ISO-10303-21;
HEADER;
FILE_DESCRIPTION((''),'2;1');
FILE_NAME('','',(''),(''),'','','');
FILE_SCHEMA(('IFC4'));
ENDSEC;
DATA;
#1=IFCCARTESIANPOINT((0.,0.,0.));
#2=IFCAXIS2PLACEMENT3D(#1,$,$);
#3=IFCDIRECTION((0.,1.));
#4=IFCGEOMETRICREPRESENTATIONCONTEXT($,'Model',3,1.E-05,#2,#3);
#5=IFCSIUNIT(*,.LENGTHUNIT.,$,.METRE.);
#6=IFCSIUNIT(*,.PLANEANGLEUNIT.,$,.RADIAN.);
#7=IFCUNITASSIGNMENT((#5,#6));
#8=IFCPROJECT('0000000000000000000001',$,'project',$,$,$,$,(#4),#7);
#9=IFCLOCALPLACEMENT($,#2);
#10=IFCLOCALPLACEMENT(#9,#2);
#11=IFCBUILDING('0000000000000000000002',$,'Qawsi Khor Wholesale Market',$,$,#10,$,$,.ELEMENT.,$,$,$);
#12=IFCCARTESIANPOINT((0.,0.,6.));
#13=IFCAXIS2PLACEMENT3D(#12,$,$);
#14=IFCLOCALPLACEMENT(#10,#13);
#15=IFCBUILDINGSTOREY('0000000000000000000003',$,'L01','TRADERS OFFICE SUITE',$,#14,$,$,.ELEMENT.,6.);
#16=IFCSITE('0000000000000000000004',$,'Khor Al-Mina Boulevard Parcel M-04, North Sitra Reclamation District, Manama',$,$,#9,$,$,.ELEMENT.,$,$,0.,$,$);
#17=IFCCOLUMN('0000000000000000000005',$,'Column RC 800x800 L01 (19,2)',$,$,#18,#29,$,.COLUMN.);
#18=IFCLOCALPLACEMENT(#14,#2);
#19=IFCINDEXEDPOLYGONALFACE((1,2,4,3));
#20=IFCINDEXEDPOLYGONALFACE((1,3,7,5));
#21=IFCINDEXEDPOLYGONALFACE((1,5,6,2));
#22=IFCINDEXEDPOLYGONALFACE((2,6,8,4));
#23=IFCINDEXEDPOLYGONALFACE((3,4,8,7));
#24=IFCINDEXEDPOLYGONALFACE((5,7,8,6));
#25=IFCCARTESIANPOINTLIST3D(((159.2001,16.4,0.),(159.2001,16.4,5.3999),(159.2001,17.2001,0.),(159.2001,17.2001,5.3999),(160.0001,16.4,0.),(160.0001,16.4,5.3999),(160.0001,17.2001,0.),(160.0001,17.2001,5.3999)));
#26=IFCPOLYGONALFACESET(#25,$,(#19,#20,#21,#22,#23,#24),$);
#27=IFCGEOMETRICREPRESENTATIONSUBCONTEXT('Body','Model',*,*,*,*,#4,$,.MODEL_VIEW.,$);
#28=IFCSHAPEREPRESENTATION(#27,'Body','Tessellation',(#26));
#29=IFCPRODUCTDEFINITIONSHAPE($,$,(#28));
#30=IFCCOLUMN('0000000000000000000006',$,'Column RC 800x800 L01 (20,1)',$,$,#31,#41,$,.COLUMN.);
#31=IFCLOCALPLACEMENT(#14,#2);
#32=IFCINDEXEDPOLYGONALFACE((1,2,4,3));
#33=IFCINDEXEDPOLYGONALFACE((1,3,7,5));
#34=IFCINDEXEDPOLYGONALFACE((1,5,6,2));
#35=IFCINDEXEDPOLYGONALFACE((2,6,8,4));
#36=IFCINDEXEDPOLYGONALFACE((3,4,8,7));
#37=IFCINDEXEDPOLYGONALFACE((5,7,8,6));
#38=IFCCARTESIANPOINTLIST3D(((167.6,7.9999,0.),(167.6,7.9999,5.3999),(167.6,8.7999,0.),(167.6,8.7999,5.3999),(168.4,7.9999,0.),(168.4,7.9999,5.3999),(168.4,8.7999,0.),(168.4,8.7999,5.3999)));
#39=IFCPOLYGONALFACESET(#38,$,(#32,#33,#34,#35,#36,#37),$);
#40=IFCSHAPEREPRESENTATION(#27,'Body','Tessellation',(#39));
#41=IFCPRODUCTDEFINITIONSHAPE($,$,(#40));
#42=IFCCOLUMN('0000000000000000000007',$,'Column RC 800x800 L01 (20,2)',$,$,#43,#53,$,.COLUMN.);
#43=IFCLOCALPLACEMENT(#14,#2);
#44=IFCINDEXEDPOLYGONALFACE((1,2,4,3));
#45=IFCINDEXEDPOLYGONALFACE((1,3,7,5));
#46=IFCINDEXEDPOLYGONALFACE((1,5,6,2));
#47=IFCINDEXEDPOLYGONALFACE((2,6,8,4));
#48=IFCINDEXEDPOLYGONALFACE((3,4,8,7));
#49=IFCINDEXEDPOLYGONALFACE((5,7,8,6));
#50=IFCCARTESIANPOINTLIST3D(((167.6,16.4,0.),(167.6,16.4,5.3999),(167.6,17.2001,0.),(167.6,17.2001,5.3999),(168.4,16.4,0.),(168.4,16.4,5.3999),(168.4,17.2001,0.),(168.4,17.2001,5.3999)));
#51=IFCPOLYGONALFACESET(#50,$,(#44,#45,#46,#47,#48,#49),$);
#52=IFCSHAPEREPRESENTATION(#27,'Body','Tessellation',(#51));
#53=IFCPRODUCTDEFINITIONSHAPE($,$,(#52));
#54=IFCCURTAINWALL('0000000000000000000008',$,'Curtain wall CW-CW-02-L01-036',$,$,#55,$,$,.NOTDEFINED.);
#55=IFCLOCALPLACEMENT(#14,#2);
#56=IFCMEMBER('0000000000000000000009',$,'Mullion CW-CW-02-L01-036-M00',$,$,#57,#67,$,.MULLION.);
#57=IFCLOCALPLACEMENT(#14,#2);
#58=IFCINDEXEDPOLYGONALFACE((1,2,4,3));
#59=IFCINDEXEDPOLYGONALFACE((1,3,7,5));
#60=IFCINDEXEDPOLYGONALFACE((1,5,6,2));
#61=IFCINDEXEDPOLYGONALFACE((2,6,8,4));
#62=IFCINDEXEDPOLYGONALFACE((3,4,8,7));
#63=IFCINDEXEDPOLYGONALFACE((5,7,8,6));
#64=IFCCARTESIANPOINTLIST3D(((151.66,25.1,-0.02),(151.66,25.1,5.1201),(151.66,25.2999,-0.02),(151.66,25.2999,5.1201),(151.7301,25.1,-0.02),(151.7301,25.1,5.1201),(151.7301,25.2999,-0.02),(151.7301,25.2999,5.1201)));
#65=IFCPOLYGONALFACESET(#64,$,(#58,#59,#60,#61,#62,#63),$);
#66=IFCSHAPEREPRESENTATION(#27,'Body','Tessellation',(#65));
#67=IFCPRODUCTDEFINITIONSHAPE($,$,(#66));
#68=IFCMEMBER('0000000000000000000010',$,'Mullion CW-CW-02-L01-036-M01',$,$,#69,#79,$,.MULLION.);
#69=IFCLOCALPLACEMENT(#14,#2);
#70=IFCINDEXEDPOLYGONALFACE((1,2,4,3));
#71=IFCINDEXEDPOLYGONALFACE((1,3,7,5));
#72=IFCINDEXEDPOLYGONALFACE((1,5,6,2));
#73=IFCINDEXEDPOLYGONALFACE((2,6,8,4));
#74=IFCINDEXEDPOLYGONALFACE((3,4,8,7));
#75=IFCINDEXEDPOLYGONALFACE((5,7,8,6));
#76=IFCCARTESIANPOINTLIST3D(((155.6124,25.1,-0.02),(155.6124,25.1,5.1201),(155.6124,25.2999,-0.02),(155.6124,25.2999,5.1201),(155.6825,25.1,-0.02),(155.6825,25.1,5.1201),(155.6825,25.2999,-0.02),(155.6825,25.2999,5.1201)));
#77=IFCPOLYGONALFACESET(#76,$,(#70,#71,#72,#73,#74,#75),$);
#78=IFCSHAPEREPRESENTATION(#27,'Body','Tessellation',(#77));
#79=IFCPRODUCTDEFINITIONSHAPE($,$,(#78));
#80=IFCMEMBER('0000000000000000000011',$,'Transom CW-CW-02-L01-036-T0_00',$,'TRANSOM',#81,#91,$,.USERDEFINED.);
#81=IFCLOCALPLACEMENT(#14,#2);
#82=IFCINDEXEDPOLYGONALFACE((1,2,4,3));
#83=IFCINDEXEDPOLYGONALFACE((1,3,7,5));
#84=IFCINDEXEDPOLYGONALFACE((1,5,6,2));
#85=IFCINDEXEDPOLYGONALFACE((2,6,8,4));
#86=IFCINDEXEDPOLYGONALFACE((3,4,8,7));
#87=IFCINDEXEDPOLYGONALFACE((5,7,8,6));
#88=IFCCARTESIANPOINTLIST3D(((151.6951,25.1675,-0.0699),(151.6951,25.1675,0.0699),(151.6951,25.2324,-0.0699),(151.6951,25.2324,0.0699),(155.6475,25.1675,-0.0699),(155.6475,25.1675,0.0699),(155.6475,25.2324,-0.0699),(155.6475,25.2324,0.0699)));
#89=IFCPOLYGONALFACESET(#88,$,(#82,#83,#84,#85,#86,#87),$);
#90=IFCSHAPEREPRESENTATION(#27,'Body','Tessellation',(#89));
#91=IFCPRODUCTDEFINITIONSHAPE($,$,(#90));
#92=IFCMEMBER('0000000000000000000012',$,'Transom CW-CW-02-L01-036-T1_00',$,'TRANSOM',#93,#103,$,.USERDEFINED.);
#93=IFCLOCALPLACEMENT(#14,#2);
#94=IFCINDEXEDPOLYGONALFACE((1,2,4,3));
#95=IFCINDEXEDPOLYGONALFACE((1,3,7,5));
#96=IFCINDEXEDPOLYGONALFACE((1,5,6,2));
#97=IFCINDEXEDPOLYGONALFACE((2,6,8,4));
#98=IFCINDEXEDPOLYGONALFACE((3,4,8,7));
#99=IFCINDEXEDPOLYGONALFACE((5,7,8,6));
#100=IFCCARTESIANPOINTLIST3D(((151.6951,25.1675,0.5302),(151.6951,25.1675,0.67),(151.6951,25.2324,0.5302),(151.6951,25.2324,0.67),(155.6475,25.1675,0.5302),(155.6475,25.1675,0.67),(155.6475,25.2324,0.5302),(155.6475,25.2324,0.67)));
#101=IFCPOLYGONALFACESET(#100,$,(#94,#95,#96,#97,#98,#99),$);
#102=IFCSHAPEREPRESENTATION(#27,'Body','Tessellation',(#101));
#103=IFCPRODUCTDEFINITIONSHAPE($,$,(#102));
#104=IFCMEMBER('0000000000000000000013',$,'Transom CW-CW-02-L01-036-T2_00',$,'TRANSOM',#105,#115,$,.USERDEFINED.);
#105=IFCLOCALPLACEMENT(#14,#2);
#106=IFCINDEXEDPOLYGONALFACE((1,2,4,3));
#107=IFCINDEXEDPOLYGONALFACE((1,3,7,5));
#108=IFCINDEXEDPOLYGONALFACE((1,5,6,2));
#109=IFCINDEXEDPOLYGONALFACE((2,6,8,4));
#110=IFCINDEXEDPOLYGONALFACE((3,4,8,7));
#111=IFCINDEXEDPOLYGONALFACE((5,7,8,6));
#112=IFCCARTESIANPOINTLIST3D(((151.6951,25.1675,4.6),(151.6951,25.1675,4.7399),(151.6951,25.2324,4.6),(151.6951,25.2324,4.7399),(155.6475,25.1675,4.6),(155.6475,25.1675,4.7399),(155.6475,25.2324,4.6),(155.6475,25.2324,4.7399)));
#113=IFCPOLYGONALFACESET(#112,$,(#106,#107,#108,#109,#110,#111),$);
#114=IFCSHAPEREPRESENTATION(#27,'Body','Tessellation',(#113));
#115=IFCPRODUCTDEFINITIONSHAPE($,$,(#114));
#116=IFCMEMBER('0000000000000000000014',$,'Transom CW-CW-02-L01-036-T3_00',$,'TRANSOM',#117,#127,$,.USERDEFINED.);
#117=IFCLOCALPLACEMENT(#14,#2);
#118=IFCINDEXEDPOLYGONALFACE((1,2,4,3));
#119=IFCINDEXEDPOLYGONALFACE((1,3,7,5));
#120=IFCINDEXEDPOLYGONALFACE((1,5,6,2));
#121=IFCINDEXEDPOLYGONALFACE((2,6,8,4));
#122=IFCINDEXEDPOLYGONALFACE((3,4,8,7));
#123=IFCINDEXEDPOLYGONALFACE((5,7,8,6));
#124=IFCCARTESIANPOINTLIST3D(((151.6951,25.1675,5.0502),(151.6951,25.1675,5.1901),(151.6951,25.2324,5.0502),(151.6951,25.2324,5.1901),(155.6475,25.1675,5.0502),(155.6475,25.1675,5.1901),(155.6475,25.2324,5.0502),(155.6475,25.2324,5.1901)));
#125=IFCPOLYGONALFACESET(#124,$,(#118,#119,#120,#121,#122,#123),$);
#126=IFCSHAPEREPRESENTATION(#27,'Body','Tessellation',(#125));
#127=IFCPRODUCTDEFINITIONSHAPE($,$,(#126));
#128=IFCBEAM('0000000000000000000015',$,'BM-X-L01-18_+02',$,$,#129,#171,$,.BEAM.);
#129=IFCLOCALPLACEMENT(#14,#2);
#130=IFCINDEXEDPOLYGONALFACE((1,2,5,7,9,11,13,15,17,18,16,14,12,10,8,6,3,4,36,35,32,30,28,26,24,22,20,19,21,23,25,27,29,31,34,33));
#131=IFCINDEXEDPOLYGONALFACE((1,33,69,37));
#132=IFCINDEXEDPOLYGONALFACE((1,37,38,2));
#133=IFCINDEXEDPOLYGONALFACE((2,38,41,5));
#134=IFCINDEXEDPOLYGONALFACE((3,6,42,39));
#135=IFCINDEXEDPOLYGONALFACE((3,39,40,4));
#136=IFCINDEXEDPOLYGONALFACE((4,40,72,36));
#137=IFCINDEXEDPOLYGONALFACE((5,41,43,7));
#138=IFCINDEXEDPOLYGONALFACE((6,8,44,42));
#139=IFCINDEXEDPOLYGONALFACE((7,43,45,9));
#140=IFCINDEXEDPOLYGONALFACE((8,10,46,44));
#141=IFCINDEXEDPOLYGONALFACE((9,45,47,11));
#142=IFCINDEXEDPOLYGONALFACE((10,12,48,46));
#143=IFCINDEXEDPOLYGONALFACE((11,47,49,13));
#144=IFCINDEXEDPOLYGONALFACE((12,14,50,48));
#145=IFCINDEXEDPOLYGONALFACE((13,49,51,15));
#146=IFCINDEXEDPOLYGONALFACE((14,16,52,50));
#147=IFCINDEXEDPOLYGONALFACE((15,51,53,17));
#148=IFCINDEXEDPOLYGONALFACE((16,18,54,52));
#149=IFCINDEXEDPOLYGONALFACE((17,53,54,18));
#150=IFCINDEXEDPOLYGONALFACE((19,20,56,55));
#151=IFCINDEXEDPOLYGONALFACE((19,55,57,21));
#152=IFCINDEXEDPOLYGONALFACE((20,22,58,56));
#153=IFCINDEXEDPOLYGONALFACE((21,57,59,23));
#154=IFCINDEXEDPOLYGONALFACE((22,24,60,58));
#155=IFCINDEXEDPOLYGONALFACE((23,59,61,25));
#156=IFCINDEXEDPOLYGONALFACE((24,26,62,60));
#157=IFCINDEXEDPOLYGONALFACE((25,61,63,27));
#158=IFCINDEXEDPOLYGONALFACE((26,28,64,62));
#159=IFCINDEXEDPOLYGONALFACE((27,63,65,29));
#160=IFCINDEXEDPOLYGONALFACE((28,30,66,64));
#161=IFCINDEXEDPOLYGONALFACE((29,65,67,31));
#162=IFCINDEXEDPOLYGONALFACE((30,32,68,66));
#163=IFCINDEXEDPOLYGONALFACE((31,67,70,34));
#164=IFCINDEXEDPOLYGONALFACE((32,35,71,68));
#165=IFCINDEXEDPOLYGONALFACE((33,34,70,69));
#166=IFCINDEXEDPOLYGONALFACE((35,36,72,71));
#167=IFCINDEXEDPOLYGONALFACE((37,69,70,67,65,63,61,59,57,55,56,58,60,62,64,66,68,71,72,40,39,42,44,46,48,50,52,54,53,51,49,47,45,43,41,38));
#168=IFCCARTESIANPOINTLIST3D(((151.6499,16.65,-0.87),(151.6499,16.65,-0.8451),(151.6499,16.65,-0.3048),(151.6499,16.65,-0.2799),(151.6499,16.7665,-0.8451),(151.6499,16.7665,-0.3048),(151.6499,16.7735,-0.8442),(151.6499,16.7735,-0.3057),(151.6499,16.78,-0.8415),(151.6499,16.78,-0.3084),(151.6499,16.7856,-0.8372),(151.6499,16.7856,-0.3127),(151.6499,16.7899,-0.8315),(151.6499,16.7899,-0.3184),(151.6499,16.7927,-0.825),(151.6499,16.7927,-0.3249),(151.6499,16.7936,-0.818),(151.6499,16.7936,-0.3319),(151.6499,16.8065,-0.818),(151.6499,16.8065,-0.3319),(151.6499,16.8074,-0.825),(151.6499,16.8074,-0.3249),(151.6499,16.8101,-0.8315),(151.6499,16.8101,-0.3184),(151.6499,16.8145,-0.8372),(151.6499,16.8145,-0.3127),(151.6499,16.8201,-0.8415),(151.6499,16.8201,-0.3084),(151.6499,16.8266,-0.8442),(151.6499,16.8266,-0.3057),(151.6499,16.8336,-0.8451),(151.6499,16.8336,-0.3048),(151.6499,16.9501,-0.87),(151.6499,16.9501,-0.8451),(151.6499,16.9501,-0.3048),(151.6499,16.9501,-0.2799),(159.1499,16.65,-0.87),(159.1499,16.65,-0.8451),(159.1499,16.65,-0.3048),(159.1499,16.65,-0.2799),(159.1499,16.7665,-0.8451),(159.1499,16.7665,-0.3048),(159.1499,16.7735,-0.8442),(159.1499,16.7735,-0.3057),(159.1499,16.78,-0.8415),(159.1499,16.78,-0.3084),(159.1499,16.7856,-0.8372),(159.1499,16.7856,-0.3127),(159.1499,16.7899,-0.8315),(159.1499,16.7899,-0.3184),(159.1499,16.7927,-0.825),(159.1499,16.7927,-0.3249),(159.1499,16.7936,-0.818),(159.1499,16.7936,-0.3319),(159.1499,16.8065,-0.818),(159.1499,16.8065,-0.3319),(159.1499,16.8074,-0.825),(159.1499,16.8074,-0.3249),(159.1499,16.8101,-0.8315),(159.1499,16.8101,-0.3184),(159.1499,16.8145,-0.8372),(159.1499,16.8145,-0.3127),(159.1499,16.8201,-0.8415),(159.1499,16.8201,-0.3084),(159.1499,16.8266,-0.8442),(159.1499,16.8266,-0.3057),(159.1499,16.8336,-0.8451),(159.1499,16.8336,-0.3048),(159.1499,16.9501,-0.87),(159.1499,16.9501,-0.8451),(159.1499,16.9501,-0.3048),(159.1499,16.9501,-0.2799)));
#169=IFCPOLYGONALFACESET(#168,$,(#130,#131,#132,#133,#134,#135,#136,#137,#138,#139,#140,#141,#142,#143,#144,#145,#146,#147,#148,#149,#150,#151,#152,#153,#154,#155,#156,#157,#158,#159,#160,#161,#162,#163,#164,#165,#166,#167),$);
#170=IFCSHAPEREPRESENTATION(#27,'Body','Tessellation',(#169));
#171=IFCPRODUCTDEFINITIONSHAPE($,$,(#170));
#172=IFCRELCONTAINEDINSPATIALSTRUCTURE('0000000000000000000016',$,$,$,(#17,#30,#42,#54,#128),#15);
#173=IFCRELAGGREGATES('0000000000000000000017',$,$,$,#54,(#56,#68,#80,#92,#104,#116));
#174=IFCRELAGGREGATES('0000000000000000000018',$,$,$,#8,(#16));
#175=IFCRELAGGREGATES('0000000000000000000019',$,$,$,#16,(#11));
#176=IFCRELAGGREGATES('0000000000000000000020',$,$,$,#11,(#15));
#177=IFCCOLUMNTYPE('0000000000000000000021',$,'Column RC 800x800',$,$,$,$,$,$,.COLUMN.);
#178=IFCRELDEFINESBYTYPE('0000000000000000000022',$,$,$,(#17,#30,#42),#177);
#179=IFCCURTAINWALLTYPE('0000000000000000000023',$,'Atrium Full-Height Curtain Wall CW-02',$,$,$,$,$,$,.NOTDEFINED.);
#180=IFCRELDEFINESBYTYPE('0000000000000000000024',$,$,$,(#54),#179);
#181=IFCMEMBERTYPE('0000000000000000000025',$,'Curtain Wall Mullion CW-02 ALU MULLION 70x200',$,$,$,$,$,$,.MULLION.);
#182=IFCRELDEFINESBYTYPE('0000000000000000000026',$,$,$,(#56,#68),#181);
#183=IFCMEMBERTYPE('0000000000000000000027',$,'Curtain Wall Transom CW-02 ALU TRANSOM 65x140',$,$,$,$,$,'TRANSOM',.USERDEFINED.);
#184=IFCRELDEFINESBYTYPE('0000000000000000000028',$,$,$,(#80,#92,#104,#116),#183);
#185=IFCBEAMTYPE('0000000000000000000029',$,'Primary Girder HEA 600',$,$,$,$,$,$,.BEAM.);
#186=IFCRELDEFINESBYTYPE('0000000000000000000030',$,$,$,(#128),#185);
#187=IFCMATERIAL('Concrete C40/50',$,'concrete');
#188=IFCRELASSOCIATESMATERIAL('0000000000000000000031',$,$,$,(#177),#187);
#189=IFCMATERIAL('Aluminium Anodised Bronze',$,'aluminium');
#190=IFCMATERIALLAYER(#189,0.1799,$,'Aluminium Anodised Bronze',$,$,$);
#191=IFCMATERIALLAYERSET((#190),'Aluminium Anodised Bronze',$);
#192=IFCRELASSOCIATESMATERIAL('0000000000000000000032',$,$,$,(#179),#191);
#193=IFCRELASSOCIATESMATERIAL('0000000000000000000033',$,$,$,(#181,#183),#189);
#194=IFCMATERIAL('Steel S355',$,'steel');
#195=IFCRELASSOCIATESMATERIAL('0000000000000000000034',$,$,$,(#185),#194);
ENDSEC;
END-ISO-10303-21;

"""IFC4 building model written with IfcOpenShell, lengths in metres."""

from ifc_helpers import new_model, si_unit, direction, frame, origin, origin_2d, place, context, subcontext, project, spatial, rectangle, i_section, extrude, material, layer, layer_set, material_profile, profile_set, type_object, element, aggregate, save


model = new_model("IFC4")

# Units and contexts
model_context = context("Model", 3, precision=1e-05, world=origin(), true_north=direction((0.0, 1.0)))
body_context = subcontext(model_context, "Body", "Model", "MODEL_VIEW")
ifc_project = project(units=[si_unit("LENGTHUNIT", "METRE"), si_unit("PLANEANGLEUNIT", "RADIAN")], contexts=[model_context])

# Site, building, storey
site_placement = place(None, origin())
site = spatial("IfcSite", under=ifc_project, at=site_placement, Name="Khor Al-Mina Boulevard Parcel M-04, North Sitra Reclamation District, Manama", CompositionType="ELEMENT", RefElevation=0.0)
building_placement = place(site_placement, origin())
building = spatial("IfcBuilding", under=site, at=building_placement, Name="Qawsi Khor Wholesale Market", CompositionType="ELEMENT")
storey_placement = place(building_placement, frame((0.0, 0.0, 6.0)))
storey = spatial("IfcBuildingStorey", under=building, at=storey_placement, Name="L01", Description="TRADERS OFFICE SUITE", CompositionType="ELEMENT", Elevation=6.0)

# Columns
ifc_material_1 = material(Name="Concrete C40/50", Category="concrete")
ifc_material_profile_1 = material_profile(ifc_material_1, rectangle(XDim=0.8, YDim=0.8, at=origin_2d()), Name="RC 800x800")
ifc_profile_set_1 = profile_set([ifc_material_profile_1], Name="Concrete C40/50")
column_type = type_object("IfcColumnType", Name="Column RC 800x800", PredefinedType="COLUMN", material=ifc_profile_set_1)
for number, where, z_axis, x_axis, name in (
    (1, (159.6001, 16.8, 0.0), (0.0, 0.0, 1.0), (1.0, 0.0, 0.0), "Column RC 800x800 L01 (19,2)"),
    (2, (168.0, 8.3999, 0.0), (0.0, 0.0, 1.0), (1.0, 0.0, 0.0), "Column RC 800x800 L01 (20,1)"),
    (3, (168.0, 16.8, 0.0), (0.0, 0.0, 1.0), (1.0, 0.0, 0.0), "Column RC 800x800 L01 (20,2)"),
):
    element("IfcColumn", number, at=place(storey_placement, frame(where, z_axis=z_axis, x_axis=x_axis)), inside=storey, type_object=column_type, Name=name, PredefinedType="COLUMN", context=body_context, shape_type="SweptSolid", body=[
        extrude(rectangle(XDim=0.8, YDim=0.8, at=origin_2d()), origin(), (0.0, 0.0, 1.0), 5.3999),
    ])

# Curtain wall, members
ifc_material_2 = material(Name="Aluminium Anodised Bronze", Category="aluminium")
ifc_layer_1 = layer(ifc_material_2, 0.1799, Name="Aluminium Anodised Bronze")
ifc_layer_set_1 = layer_set([ifc_layer_1], Name="Aluminium Anodised Bronze")
curtain_wall_type = type_object("IfcCurtainWallType", Name="Atrium Full-Height Curtain Wall CW-02", PredefinedType="NOTDEFINED", material=ifc_layer_set_1)
curtain_wall_placement = place(storey_placement, origin())
curtain_wall = element("IfcCurtainWall", 4, at=curtain_wall_placement, inside=storey, type_object=curtain_wall_type, Name="Curtain wall CW-CW-02-L01-036", PredefinedType="NOTDEFINED")
ifc_material_profile_2 = material_profile(ifc_material_2, rectangle(XDim=0.0701, YDim=0.2, at=origin_2d()), Name="ALU MULLION 70x200")
ifc_profile_set_2 = profile_set([ifc_material_profile_2], Name="Aluminium Anodised Bronze")
member_type_1 = type_object("IfcMemberType", Name="Curtain Wall Mullion CW-02 ALU MULLION 70x200", PredefinedType="MULLION", material=ifc_profile_set_2)
member_1_placement = place(storey_placement, frame((151.6951, 25.2, -0.02), z_axis=(0.0, 0.0, 1.0), x_axis=(1.0, 0.0, 0.0)))
member_1 = element("IfcMember", 5, at=member_1_placement, type_object=member_type_1, Name="Mullion CW-CW-02-L01-036-M00", PredefinedType="MULLION", context=body_context, shape_type="SweptSolid", body=[
    extrude(rectangle(XDim=0.0701, YDim=0.2, at=origin_2d()), origin(), (0.0, 0.0, 1.0), 5.1401),
])
member_2_placement = place(storey_placement, frame((155.6475, 25.2, -0.02), z_axis=(0.0, 0.0, 1.0), x_axis=(1.0, 0.0, 0.0)))
member_2 = element("IfcMember", 6, at=member_2_placement, type_object=member_type_1, Name="Mullion CW-CW-02-L01-036-M01", PredefinedType="MULLION", context=body_context, shape_type="SweptSolid", body=[
    extrude(rectangle(XDim=0.0701, YDim=0.2, at=origin_2d()), origin(), (0.0, 0.0, 1.0), 5.1401),
])
ifc_material_profile_3 = material_profile(ifc_material_2, rectangle(XDim=0.0649, YDim=0.1399, at=origin_2d()), Name="ALU TRANSOM 65x140")
ifc_profile_set_3 = profile_set([ifc_material_profile_3], Name="Aluminium Anodised Bronze")
member_type_2 = type_object("IfcMemberType", Name="Curtain Wall Transom CW-02 ALU TRANSOM 65x140", ElementType="TRANSOM", PredefinedType="USERDEFINED", material=ifc_profile_set_3)
member_3_placement = place(storey_placement, frame((151.6951, 25.2, 0.0), z_axis=(1.0, 0.0, 0.0), x_axis=(0.0, 1.0, 0.0)))
member_3 = element("IfcMember", 7, at=member_3_placement, type_object=member_type_2, Name="Transom CW-CW-02-L01-036-T0_00", ObjectType="TRANSOM", PredefinedType="USERDEFINED", context=body_context, shape_type="SweptSolid", body=[
    extrude(rectangle(XDim=0.0649, YDim=0.1399, at=origin_2d()), origin(), (0.0, 0.0, 1.0), 3.9524),
])
member_4_placement = place(storey_placement, frame((151.6951, 25.2, 0.6001), z_axis=(1.0, 0.0, 0.0), x_axis=(0.0, 1.0, 0.0)))
member_4 = element("IfcMember", 8, at=member_4_placement, type_object=member_type_2, Name="Transom CW-CW-02-L01-036-T1_00", ObjectType="TRANSOM", PredefinedType="USERDEFINED", context=body_context, shape_type="SweptSolid", body=[
    extrude(rectangle(XDim=0.0649, YDim=0.1399, at=origin_2d()), origin(), (0.0, 0.0, 1.0), 3.9524),
])
member_5_placement = place(storey_placement, frame((151.6951, 25.2, 4.6699), z_axis=(1.0, 0.0, 0.0), x_axis=(0.0, 1.0, 0.0)))
member_5 = element("IfcMember", 9, at=member_5_placement, type_object=member_type_2, Name="Transom CW-CW-02-L01-036-T2_00", ObjectType="TRANSOM", PredefinedType="USERDEFINED", context=body_context, shape_type="SweptSolid", body=[
    extrude(rectangle(XDim=0.0649, YDim=0.1399, at=origin_2d()), origin(), (0.0, 0.0, 1.0), 3.9524),
])
member_6_placement = place(storey_placement, frame((151.6951, 25.2, 5.1201), z_axis=(1.0, 0.0, 0.0), x_axis=(0.0, 1.0, 0.0)))
member_6 = element("IfcMember", 10, at=member_6_placement, type_object=member_type_2, Name="Transom CW-CW-02-L01-036-T3_00", ObjectType="TRANSOM", PredefinedType="USERDEFINED", context=body_context, shape_type="SweptSolid", body=[
    extrude(rectangle(XDim=0.0649, YDim=0.1399, at=origin_2d()), origin(), (0.0, 0.0, 1.0), 3.9524),
])

# Beam
ifc_material_3 = material(Name="Steel S355", Category="steel")
ifc_material_profile_4 = material_profile(ifc_material_3, i_section(OverallWidth=0.3, OverallDepth=0.5901, WebThickness=0.0129, FlangeThickness=0.0249, FilletRadius=0.0271, at=origin_2d()), Name="HEA 600")
ifc_profile_set_4 = profile_set([ifc_material_profile_4], Name="Steel S355")
beam_type_1 = type_object("IfcBeamType", Name="Primary Girder HEA 600", PredefinedType="BEAM", material=ifc_profile_set_4)
for number, where, z_axis, x_axis, name in (
    (11, (151.6499, 16.8, -0.575), (1.0, 0.0, 0.0), (0.0, 1.0, 0.0), "BM-X-L01-18_+02"),
):
    element("IfcBeam", number, at=place(storey_placement, frame(where, z_axis=z_axis, x_axis=x_axis)), inside=storey, type_object=beam_type_1, Name=name, PredefinedType="BEAM", context=body_context, shape_type="SweptSolid", body=[
        extrude(i_section(OverallWidth=0.3, OverallDepth=0.5901, WebThickness=0.0129, FlangeThickness=0.0249, FilletRadius=0.0271, at=origin_2d()), origin(), (0.0, 0.0, 1.0), 7.5),
    ])

aggregate(curtain_wall, [member_1, member_2, member_3, member_4, member_5, member_6])

save(model, "model.ifc")
